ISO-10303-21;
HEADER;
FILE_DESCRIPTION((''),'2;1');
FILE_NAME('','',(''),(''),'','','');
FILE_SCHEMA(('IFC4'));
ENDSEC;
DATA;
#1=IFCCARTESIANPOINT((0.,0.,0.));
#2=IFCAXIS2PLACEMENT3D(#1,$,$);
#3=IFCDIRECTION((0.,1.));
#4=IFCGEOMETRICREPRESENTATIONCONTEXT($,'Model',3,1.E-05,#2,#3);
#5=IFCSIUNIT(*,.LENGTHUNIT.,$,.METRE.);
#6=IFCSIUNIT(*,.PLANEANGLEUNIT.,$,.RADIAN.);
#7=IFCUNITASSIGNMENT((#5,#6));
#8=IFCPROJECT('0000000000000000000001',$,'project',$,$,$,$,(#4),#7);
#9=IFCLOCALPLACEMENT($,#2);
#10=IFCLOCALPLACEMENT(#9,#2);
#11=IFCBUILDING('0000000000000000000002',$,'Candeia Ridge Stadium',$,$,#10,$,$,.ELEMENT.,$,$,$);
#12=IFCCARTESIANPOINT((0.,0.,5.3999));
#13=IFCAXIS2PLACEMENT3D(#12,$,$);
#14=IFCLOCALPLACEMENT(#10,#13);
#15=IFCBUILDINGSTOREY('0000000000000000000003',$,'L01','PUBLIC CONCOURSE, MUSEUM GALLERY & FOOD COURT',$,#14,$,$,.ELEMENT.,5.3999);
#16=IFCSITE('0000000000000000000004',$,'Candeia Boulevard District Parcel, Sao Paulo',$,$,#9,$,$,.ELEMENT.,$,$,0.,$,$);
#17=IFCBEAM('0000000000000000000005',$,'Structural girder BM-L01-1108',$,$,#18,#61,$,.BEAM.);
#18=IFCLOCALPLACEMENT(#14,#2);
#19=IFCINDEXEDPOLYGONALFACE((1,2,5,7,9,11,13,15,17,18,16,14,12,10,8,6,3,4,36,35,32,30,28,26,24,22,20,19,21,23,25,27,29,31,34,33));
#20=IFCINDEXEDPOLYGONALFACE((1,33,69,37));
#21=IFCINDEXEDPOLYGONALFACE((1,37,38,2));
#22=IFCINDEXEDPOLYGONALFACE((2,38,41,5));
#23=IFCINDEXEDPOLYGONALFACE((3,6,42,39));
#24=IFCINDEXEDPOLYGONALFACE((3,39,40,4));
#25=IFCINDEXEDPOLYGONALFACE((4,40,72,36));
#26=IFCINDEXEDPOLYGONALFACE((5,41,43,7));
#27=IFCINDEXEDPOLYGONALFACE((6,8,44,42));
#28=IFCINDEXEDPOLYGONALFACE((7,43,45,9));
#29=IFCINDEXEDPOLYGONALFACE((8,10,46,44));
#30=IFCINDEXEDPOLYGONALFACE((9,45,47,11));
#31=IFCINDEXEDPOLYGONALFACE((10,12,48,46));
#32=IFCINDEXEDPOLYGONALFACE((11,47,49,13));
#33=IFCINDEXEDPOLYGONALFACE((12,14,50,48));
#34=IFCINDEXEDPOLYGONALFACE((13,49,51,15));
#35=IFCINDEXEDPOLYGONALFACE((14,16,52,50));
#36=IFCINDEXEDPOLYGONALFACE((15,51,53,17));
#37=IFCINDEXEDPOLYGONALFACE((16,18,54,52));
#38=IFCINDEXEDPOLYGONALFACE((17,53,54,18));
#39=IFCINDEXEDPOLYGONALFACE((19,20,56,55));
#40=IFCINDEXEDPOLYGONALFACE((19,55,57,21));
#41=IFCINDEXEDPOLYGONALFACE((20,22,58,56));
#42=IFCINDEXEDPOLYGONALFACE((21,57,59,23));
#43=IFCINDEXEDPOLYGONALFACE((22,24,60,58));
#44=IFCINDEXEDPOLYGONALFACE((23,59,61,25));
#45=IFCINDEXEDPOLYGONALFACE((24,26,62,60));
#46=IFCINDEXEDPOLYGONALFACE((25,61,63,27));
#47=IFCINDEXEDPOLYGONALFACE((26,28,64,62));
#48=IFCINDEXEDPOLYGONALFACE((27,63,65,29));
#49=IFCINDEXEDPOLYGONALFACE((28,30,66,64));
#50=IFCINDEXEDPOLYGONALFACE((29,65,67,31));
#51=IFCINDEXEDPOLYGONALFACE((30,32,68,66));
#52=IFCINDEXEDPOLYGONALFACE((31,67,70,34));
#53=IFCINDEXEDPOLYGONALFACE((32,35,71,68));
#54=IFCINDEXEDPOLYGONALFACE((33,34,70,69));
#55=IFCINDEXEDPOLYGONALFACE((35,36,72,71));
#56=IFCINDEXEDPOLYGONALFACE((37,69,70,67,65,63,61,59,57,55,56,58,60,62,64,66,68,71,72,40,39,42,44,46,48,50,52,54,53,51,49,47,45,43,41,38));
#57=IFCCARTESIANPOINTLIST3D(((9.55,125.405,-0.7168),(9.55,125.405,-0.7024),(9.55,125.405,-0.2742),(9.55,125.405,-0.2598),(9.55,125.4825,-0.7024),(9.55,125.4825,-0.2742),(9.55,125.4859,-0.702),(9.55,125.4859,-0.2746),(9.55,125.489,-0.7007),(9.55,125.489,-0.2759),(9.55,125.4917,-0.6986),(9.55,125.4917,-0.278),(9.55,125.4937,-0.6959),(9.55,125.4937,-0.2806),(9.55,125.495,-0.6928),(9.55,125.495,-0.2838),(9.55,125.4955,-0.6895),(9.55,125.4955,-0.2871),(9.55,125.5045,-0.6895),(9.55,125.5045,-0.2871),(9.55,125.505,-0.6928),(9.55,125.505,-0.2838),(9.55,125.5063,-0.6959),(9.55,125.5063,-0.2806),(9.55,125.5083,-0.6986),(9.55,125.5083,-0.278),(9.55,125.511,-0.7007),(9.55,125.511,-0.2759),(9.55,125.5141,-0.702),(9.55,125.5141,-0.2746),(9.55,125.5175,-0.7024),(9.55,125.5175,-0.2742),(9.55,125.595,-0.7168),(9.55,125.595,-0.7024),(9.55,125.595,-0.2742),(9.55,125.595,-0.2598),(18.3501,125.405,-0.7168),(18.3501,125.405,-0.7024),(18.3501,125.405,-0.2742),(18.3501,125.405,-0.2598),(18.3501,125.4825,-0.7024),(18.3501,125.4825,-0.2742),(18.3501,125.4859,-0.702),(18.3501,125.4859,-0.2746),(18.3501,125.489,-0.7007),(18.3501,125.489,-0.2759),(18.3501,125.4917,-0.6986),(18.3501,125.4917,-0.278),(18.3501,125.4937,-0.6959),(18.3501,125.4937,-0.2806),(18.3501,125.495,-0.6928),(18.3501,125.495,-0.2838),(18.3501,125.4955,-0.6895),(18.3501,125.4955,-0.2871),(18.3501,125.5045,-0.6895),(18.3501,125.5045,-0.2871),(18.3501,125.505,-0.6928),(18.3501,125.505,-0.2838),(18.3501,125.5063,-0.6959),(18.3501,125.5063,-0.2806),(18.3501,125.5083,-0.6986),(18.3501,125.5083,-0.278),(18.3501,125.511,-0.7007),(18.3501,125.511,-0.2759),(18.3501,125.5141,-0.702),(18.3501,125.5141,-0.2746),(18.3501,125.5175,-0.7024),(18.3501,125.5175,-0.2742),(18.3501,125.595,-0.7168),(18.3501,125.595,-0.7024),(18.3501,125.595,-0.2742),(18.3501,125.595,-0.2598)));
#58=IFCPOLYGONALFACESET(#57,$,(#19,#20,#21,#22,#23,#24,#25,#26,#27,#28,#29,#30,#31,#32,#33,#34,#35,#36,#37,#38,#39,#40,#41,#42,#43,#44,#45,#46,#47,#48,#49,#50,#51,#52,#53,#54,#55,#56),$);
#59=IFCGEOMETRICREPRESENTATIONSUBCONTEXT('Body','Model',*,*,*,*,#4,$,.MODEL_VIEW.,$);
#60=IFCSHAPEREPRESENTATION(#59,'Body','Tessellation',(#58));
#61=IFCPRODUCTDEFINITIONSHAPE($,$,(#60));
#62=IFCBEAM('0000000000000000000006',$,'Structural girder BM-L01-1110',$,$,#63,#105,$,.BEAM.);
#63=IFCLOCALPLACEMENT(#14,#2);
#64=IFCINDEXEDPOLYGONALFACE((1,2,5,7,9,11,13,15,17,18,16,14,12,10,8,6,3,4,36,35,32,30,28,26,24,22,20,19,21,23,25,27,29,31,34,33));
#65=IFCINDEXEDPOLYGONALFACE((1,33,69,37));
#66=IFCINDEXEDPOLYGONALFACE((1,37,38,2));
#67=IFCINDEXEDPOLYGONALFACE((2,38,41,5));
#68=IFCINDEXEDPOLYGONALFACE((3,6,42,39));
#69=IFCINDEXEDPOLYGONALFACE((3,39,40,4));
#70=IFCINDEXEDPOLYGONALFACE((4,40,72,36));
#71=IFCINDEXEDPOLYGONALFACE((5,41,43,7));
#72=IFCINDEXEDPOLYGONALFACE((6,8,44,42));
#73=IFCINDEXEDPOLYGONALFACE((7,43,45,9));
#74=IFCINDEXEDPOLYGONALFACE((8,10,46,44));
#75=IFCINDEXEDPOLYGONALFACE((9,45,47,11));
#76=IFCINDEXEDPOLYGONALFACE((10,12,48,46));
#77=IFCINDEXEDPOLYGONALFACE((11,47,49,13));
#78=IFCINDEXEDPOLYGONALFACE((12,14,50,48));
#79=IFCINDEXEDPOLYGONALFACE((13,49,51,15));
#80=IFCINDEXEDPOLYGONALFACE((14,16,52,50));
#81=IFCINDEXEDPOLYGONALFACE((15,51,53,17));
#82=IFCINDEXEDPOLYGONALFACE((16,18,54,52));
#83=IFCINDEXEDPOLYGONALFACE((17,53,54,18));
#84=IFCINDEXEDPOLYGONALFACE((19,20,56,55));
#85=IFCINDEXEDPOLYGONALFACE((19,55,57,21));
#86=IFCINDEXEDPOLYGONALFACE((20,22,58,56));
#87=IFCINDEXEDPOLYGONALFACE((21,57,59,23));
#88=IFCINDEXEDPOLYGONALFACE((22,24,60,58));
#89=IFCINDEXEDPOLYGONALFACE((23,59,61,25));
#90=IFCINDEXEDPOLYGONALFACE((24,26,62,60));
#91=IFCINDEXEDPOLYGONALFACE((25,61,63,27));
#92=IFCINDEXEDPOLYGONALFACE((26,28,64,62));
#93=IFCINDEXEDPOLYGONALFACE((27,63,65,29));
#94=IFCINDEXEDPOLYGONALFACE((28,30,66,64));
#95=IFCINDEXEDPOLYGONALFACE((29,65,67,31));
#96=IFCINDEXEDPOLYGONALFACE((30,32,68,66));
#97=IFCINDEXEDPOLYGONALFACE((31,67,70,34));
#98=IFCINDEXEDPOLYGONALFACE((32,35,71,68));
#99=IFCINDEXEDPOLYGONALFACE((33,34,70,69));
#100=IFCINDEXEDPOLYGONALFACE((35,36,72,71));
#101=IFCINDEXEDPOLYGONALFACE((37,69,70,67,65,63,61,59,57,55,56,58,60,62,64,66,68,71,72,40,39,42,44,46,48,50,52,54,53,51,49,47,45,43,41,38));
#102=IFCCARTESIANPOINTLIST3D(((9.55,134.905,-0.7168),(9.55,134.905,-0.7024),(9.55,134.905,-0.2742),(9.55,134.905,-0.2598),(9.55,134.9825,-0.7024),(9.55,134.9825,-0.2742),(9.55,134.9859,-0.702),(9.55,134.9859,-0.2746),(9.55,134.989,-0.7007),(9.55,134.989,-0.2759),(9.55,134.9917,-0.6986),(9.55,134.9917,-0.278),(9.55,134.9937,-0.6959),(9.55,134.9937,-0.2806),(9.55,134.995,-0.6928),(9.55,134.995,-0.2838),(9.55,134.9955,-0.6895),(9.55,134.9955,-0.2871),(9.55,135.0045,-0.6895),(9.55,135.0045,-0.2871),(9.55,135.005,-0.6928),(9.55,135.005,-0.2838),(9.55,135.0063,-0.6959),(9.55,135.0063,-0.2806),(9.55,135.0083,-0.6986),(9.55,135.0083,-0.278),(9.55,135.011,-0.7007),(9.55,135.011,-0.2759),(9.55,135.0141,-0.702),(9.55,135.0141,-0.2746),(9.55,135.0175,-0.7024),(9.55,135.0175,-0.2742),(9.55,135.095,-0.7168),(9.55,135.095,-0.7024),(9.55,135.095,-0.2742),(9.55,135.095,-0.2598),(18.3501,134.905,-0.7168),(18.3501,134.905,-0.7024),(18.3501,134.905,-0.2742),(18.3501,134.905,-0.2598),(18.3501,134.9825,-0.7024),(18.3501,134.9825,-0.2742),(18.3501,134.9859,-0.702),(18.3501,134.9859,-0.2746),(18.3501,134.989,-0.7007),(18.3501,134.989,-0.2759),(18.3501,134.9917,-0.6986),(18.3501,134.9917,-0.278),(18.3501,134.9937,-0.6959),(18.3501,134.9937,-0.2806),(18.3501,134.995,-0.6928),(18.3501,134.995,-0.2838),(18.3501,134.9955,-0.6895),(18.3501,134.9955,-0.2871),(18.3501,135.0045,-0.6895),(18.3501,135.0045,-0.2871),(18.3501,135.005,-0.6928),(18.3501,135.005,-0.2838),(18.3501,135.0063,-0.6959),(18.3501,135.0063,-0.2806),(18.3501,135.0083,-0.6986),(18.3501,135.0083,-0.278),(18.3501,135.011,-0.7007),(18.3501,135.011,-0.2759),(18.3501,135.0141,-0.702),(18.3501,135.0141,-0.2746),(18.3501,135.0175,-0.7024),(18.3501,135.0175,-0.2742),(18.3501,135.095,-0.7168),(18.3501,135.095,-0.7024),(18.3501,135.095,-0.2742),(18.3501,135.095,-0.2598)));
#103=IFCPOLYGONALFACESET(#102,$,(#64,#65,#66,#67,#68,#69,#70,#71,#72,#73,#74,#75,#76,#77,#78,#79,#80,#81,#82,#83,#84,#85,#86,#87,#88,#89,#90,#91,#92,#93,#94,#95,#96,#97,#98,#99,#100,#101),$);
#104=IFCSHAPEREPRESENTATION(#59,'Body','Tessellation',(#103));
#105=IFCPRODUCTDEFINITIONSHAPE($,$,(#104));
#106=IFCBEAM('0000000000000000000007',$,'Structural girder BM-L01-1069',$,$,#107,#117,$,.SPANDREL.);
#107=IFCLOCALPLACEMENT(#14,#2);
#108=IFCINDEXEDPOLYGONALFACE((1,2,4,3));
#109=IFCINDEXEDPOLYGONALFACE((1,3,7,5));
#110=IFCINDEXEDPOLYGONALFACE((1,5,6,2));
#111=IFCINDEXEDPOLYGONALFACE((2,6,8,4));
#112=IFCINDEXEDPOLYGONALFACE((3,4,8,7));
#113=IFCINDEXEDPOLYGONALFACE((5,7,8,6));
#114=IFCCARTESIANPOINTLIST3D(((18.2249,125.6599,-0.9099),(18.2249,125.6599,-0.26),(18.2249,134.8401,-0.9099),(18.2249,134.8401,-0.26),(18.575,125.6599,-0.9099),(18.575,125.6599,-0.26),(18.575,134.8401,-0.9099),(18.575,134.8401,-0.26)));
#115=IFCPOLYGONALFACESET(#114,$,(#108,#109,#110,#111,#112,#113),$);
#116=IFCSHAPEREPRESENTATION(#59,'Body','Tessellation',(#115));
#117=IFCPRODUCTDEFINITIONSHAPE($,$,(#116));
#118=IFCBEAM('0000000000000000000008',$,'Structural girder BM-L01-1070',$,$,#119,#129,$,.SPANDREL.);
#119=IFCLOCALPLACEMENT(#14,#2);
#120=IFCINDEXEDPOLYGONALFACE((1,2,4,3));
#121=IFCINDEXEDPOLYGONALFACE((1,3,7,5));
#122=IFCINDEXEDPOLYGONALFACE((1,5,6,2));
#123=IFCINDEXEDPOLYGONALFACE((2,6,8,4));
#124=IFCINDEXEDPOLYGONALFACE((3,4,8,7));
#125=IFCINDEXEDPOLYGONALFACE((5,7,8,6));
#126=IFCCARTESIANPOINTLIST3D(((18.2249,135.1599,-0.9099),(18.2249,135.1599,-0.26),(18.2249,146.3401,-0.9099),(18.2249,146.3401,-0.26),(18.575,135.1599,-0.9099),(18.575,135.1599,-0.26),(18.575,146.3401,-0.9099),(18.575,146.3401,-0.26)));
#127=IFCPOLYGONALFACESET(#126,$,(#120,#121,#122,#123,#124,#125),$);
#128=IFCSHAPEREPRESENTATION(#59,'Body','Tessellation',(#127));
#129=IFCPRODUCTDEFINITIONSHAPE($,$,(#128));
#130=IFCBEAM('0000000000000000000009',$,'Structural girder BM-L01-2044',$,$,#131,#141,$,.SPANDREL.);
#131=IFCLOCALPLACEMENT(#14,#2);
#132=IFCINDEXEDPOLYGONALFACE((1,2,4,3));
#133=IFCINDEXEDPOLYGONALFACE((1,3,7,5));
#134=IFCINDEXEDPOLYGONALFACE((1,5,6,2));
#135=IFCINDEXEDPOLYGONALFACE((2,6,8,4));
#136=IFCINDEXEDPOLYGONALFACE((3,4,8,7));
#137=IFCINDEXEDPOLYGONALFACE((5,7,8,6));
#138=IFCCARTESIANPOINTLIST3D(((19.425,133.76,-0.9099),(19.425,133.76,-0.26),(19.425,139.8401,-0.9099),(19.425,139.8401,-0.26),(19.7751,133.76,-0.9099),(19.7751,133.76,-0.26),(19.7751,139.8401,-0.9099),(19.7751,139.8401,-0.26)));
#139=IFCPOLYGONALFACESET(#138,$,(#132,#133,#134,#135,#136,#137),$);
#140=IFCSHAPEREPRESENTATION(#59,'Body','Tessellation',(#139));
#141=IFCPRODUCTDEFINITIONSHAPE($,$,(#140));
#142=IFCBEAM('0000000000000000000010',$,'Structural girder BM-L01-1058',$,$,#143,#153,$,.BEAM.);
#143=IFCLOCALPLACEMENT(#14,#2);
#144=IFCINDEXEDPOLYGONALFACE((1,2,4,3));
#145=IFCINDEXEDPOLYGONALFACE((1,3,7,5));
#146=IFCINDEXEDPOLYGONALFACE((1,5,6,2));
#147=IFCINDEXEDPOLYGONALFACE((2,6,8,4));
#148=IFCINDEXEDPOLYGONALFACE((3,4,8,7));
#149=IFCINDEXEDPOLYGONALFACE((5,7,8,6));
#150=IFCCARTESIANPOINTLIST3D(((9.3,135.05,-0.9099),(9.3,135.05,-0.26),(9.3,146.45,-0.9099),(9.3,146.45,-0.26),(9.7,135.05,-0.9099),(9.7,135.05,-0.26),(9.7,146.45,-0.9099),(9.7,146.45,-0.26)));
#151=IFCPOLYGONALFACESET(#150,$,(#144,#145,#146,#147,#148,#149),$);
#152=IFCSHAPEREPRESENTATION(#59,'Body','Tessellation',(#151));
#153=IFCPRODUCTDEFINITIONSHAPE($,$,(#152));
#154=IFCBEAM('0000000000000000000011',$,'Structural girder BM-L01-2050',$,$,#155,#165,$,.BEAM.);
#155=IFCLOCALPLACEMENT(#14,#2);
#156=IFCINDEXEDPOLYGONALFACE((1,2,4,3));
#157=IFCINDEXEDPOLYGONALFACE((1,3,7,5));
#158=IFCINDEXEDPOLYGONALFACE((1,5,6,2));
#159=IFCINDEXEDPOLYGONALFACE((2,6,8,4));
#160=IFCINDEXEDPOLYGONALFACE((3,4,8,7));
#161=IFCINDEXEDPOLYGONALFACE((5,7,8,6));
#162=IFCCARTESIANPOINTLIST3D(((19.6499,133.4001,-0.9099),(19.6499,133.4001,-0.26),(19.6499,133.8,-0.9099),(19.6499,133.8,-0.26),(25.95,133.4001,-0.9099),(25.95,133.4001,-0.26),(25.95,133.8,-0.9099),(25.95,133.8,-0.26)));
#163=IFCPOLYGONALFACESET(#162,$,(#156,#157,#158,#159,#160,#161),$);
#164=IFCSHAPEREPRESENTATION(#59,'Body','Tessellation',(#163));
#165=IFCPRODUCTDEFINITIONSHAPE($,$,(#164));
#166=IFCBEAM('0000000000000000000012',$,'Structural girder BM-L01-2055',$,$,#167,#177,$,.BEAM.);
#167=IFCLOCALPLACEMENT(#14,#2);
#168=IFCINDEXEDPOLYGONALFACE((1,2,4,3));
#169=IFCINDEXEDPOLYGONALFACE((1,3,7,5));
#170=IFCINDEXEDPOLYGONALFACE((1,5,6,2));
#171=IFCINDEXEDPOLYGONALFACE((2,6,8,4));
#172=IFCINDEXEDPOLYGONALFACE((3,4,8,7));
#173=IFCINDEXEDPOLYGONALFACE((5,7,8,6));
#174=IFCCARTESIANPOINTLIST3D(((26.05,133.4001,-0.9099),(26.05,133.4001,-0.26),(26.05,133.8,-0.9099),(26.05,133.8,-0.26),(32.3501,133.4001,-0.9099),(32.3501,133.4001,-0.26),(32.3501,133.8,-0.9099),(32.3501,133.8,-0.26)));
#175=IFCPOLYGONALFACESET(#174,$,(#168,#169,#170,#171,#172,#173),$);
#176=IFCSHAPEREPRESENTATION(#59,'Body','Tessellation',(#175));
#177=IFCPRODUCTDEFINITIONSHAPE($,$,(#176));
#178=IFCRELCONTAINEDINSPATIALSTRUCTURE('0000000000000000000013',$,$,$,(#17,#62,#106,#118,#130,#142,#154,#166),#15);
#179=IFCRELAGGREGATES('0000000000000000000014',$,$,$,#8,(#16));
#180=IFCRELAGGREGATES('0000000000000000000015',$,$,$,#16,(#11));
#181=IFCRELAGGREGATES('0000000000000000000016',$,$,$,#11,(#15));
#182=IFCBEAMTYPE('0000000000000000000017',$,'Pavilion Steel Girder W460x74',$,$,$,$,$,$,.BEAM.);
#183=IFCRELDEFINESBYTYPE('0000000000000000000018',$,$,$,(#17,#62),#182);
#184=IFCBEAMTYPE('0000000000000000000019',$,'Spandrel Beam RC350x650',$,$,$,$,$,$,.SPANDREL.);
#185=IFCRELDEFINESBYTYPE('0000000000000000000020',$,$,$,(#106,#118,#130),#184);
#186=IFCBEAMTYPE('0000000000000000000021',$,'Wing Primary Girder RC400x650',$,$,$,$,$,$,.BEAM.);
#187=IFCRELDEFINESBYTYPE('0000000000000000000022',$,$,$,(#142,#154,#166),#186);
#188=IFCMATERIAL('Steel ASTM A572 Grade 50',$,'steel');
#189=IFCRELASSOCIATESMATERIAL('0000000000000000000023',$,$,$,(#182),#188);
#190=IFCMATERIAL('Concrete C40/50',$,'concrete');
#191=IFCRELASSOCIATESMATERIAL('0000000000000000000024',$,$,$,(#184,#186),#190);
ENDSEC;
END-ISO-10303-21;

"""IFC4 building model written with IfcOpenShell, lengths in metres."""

from ifc_helpers import new_model, si_unit, direction, frame, origin, origin_2d, place, context, subcontext, project, spatial, rectangle, i_section, extrude, material, material_profile, profile_set, type_object, element, save


model = new_model("IFC4")

# Units and contexts
model_context = context("Model", 3, precision=1e-05, world=origin(), true_north=direction((0.0, 1.0)))
body_context = subcontext(model_context, "Body", "Model", "MODEL_VIEW")
ifc_project = project(units=[si_unit("LENGTHUNIT", "METRE"), si_unit("PLANEANGLEUNIT", "RADIAN")], contexts=[model_context])

# Site, building, storey
site_placement = place(None, origin())
site = spatial("IfcSite", under=ifc_project, at=site_placement, Name="Candeia Boulevard District Parcel, Sao Paulo", CompositionType="ELEMENT", RefElevation=0.0)
building_placement = place(site_placement, origin())
building = spatial("IfcBuilding", under=site, at=building_placement, Name="Candeia Ridge Stadium", CompositionType="ELEMENT")
storey_placement = place(building_placement, frame((0.0, 0.0, 5.3999)))
storey = spatial("IfcBuildingStorey", under=building, at=storey_placement, Name="L01", Description="PUBLIC CONCOURSE, MUSEUM GALLERY & FOOD COURT", CompositionType="ELEMENT", Elevation=5.3999)

# Shared definitions
ifc_material_1 = material(Name="Concrete C40/50", Category="concrete")

# Beams
ifc_material_2 = material(Name="Steel ASTM A572 Grade 50", Category="steel")
ifc_material_profile_1 = material_profile(ifc_material_2, i_section(OverallWidth=0.1899, OverallDepth=0.457, WebThickness=0.009, FlangeThickness=0.0144, FilletRadius=0.0129, at=origin_2d()), Name="W460x74", Category="steel")
ifc_profile_set_1 = profile_set([ifc_material_profile_1], Name="Steel ASTM A572 Grade 50")
beam_type_1 = type_object("IfcBeamType", Name="Pavilion Steel Girder W460x74", PredefinedType="BEAM", material=ifc_profile_set_1)
for number, where, z_axis, x_axis, name in (
    (1, (9.55, 125.5, -0.4883), (1.0, 0.0, 0.0), (0.0, 1.0, 0.0), "Structural girder BM-L01-1108"),
    (2, (9.55, 135.0, -0.4883), (1.0, 0.0, 0.0), (0.0, 1.0, 0.0), "Structural girder BM-L01-1110"),
):
    element("IfcBeam", number, at=place(storey_placement, frame(where, z_axis=z_axis, x_axis=x_axis)), inside=storey, type_object=beam_type_1, Name=name, PredefinedType="BEAM", context=body_context, shape_type="SweptSolid", body=[
        extrude(i_section(OverallWidth=0.1899, OverallDepth=0.457, WebThickness=0.009, FlangeThickness=0.0144, FilletRadius=0.0129, at=origin_2d()), origin(), (0.0, 0.0, 1.0), 8.8),
    ])
ifc_material_profile_2 = material_profile(ifc_material_1, rectangle(XDim=0.3501, YDim=0.6499, at=origin_2d()), Name="RC350x650", Category="concrete")
ifc_profile_set_2 = profile_set([ifc_material_profile_2], Name="Concrete C40/50")
beam_type_2 = type_object("IfcBeamType", Name="Spandrel Beam RC350x650", PredefinedType="SPANDREL", material=ifc_profile_set_2)
beam_1_placement = place(storey_placement, frame((18.3999, 125.6599, -0.585), z_axis=(0.0, 1.0, 0.0), x_axis=(-1.0, 0.0, 0.0)))
element("IfcBeam", 3, at=beam_1_placement, inside=storey, type_object=beam_type_2, Name="Structural girder BM-L01-1069", PredefinedType="SPANDREL", context=body_context, shape_type="SweptSolid", body=[
    extrude(rectangle(XDim=0.3501, YDim=0.6499, at=origin_2d()), origin(), (0.0, 0.0, 1.0), 9.1802),
])
beam_2_placement = place(storey_placement, frame((18.3999, 135.1599, -0.585), z_axis=(0.0, 1.0, 0.0), x_axis=(-1.0, 0.0, 0.0)))
element("IfcBeam", 4, at=beam_2_placement, inside=storey, type_object=beam_type_2, Name="Structural girder BM-L01-1070", PredefinedType="SPANDREL", context=body_context, shape_type="SweptSolid", body=[
    extrude(rectangle(XDim=0.3501, YDim=0.6499, at=origin_2d()), origin(), (0.0, 0.0, 1.0), 11.1802),
])
beam_3_placement = place(storey_placement, frame((19.6001, 133.76, -0.585), z_axis=(0.0, 1.0, 0.0), x_axis=(-1.0, 0.0, 0.0)))
element("IfcBeam", 5, at=beam_3_placement, inside=storey, type_object=beam_type_2, Name="Structural girder BM-L01-2044", PredefinedType="SPANDREL", context=body_context, shape_type="SweptSolid", body=[
    extrude(rectangle(XDim=0.3501, YDim=0.6499, at=origin_2d()), origin(), (0.0, 0.0, 1.0), 6.0801),
])
ifc_material_profile_3 = material_profile(ifc_material_1, rectangle(XDim=0.3999, YDim=0.6499, at=origin_2d()), Name="RC400x650", Category="concrete")
ifc_profile_set_3 = profile_set([ifc_material_profile_3], Name="Concrete C40/50")
beam_type_3 = type_object("IfcBeamType", Name="Wing Primary Girder RC400x650", PredefinedType="BEAM", material=ifc_profile_set_3)
beam_4_placement = place(storey_placement, frame((9.5, 135.05, -0.585), z_axis=(0.0, 1.0, 0.0), x_axis=(-1.0, 0.0, 0.0)))
element("IfcBeam", 6, at=beam_4_placement, inside=storey, type_object=beam_type_3, Name="Structural girder BM-L01-1058", PredefinedType="BEAM", context=body_context, shape_type="SweptSolid", body=[
    extrude(rectangle(XDim=0.3999, YDim=0.6499, at=origin_2d()), origin(), (0.0, 0.0, 1.0), 11.3999),
])
for number, where, z_axis, x_axis, name in (
    (7, (19.6499, 133.6001, -0.585), (1.0, 0.0, 0.0), (0.0, 1.0, 0.0), "Structural girder BM-L01-2050"),
    (8, (26.05, 133.6001, -0.585), (1.0, 0.0, 0.0), (0.0, 1.0, 0.0), "Structural girder BM-L01-2055"),
):
    element("IfcBeam", number, at=place(storey_placement, frame(where, z_axis=z_axis, x_axis=x_axis)), inside=storey, type_object=beam_type_3, Name=name, PredefinedType="BEAM", context=body_context, shape_type="SweptSolid", body=[
        extrude(rectangle(XDim=0.3999, YDim=0.6499, at=origin_2d()), origin(), (0.0, 0.0, 1.0), 6.3),
    ])

save(model, "model.ifc")
